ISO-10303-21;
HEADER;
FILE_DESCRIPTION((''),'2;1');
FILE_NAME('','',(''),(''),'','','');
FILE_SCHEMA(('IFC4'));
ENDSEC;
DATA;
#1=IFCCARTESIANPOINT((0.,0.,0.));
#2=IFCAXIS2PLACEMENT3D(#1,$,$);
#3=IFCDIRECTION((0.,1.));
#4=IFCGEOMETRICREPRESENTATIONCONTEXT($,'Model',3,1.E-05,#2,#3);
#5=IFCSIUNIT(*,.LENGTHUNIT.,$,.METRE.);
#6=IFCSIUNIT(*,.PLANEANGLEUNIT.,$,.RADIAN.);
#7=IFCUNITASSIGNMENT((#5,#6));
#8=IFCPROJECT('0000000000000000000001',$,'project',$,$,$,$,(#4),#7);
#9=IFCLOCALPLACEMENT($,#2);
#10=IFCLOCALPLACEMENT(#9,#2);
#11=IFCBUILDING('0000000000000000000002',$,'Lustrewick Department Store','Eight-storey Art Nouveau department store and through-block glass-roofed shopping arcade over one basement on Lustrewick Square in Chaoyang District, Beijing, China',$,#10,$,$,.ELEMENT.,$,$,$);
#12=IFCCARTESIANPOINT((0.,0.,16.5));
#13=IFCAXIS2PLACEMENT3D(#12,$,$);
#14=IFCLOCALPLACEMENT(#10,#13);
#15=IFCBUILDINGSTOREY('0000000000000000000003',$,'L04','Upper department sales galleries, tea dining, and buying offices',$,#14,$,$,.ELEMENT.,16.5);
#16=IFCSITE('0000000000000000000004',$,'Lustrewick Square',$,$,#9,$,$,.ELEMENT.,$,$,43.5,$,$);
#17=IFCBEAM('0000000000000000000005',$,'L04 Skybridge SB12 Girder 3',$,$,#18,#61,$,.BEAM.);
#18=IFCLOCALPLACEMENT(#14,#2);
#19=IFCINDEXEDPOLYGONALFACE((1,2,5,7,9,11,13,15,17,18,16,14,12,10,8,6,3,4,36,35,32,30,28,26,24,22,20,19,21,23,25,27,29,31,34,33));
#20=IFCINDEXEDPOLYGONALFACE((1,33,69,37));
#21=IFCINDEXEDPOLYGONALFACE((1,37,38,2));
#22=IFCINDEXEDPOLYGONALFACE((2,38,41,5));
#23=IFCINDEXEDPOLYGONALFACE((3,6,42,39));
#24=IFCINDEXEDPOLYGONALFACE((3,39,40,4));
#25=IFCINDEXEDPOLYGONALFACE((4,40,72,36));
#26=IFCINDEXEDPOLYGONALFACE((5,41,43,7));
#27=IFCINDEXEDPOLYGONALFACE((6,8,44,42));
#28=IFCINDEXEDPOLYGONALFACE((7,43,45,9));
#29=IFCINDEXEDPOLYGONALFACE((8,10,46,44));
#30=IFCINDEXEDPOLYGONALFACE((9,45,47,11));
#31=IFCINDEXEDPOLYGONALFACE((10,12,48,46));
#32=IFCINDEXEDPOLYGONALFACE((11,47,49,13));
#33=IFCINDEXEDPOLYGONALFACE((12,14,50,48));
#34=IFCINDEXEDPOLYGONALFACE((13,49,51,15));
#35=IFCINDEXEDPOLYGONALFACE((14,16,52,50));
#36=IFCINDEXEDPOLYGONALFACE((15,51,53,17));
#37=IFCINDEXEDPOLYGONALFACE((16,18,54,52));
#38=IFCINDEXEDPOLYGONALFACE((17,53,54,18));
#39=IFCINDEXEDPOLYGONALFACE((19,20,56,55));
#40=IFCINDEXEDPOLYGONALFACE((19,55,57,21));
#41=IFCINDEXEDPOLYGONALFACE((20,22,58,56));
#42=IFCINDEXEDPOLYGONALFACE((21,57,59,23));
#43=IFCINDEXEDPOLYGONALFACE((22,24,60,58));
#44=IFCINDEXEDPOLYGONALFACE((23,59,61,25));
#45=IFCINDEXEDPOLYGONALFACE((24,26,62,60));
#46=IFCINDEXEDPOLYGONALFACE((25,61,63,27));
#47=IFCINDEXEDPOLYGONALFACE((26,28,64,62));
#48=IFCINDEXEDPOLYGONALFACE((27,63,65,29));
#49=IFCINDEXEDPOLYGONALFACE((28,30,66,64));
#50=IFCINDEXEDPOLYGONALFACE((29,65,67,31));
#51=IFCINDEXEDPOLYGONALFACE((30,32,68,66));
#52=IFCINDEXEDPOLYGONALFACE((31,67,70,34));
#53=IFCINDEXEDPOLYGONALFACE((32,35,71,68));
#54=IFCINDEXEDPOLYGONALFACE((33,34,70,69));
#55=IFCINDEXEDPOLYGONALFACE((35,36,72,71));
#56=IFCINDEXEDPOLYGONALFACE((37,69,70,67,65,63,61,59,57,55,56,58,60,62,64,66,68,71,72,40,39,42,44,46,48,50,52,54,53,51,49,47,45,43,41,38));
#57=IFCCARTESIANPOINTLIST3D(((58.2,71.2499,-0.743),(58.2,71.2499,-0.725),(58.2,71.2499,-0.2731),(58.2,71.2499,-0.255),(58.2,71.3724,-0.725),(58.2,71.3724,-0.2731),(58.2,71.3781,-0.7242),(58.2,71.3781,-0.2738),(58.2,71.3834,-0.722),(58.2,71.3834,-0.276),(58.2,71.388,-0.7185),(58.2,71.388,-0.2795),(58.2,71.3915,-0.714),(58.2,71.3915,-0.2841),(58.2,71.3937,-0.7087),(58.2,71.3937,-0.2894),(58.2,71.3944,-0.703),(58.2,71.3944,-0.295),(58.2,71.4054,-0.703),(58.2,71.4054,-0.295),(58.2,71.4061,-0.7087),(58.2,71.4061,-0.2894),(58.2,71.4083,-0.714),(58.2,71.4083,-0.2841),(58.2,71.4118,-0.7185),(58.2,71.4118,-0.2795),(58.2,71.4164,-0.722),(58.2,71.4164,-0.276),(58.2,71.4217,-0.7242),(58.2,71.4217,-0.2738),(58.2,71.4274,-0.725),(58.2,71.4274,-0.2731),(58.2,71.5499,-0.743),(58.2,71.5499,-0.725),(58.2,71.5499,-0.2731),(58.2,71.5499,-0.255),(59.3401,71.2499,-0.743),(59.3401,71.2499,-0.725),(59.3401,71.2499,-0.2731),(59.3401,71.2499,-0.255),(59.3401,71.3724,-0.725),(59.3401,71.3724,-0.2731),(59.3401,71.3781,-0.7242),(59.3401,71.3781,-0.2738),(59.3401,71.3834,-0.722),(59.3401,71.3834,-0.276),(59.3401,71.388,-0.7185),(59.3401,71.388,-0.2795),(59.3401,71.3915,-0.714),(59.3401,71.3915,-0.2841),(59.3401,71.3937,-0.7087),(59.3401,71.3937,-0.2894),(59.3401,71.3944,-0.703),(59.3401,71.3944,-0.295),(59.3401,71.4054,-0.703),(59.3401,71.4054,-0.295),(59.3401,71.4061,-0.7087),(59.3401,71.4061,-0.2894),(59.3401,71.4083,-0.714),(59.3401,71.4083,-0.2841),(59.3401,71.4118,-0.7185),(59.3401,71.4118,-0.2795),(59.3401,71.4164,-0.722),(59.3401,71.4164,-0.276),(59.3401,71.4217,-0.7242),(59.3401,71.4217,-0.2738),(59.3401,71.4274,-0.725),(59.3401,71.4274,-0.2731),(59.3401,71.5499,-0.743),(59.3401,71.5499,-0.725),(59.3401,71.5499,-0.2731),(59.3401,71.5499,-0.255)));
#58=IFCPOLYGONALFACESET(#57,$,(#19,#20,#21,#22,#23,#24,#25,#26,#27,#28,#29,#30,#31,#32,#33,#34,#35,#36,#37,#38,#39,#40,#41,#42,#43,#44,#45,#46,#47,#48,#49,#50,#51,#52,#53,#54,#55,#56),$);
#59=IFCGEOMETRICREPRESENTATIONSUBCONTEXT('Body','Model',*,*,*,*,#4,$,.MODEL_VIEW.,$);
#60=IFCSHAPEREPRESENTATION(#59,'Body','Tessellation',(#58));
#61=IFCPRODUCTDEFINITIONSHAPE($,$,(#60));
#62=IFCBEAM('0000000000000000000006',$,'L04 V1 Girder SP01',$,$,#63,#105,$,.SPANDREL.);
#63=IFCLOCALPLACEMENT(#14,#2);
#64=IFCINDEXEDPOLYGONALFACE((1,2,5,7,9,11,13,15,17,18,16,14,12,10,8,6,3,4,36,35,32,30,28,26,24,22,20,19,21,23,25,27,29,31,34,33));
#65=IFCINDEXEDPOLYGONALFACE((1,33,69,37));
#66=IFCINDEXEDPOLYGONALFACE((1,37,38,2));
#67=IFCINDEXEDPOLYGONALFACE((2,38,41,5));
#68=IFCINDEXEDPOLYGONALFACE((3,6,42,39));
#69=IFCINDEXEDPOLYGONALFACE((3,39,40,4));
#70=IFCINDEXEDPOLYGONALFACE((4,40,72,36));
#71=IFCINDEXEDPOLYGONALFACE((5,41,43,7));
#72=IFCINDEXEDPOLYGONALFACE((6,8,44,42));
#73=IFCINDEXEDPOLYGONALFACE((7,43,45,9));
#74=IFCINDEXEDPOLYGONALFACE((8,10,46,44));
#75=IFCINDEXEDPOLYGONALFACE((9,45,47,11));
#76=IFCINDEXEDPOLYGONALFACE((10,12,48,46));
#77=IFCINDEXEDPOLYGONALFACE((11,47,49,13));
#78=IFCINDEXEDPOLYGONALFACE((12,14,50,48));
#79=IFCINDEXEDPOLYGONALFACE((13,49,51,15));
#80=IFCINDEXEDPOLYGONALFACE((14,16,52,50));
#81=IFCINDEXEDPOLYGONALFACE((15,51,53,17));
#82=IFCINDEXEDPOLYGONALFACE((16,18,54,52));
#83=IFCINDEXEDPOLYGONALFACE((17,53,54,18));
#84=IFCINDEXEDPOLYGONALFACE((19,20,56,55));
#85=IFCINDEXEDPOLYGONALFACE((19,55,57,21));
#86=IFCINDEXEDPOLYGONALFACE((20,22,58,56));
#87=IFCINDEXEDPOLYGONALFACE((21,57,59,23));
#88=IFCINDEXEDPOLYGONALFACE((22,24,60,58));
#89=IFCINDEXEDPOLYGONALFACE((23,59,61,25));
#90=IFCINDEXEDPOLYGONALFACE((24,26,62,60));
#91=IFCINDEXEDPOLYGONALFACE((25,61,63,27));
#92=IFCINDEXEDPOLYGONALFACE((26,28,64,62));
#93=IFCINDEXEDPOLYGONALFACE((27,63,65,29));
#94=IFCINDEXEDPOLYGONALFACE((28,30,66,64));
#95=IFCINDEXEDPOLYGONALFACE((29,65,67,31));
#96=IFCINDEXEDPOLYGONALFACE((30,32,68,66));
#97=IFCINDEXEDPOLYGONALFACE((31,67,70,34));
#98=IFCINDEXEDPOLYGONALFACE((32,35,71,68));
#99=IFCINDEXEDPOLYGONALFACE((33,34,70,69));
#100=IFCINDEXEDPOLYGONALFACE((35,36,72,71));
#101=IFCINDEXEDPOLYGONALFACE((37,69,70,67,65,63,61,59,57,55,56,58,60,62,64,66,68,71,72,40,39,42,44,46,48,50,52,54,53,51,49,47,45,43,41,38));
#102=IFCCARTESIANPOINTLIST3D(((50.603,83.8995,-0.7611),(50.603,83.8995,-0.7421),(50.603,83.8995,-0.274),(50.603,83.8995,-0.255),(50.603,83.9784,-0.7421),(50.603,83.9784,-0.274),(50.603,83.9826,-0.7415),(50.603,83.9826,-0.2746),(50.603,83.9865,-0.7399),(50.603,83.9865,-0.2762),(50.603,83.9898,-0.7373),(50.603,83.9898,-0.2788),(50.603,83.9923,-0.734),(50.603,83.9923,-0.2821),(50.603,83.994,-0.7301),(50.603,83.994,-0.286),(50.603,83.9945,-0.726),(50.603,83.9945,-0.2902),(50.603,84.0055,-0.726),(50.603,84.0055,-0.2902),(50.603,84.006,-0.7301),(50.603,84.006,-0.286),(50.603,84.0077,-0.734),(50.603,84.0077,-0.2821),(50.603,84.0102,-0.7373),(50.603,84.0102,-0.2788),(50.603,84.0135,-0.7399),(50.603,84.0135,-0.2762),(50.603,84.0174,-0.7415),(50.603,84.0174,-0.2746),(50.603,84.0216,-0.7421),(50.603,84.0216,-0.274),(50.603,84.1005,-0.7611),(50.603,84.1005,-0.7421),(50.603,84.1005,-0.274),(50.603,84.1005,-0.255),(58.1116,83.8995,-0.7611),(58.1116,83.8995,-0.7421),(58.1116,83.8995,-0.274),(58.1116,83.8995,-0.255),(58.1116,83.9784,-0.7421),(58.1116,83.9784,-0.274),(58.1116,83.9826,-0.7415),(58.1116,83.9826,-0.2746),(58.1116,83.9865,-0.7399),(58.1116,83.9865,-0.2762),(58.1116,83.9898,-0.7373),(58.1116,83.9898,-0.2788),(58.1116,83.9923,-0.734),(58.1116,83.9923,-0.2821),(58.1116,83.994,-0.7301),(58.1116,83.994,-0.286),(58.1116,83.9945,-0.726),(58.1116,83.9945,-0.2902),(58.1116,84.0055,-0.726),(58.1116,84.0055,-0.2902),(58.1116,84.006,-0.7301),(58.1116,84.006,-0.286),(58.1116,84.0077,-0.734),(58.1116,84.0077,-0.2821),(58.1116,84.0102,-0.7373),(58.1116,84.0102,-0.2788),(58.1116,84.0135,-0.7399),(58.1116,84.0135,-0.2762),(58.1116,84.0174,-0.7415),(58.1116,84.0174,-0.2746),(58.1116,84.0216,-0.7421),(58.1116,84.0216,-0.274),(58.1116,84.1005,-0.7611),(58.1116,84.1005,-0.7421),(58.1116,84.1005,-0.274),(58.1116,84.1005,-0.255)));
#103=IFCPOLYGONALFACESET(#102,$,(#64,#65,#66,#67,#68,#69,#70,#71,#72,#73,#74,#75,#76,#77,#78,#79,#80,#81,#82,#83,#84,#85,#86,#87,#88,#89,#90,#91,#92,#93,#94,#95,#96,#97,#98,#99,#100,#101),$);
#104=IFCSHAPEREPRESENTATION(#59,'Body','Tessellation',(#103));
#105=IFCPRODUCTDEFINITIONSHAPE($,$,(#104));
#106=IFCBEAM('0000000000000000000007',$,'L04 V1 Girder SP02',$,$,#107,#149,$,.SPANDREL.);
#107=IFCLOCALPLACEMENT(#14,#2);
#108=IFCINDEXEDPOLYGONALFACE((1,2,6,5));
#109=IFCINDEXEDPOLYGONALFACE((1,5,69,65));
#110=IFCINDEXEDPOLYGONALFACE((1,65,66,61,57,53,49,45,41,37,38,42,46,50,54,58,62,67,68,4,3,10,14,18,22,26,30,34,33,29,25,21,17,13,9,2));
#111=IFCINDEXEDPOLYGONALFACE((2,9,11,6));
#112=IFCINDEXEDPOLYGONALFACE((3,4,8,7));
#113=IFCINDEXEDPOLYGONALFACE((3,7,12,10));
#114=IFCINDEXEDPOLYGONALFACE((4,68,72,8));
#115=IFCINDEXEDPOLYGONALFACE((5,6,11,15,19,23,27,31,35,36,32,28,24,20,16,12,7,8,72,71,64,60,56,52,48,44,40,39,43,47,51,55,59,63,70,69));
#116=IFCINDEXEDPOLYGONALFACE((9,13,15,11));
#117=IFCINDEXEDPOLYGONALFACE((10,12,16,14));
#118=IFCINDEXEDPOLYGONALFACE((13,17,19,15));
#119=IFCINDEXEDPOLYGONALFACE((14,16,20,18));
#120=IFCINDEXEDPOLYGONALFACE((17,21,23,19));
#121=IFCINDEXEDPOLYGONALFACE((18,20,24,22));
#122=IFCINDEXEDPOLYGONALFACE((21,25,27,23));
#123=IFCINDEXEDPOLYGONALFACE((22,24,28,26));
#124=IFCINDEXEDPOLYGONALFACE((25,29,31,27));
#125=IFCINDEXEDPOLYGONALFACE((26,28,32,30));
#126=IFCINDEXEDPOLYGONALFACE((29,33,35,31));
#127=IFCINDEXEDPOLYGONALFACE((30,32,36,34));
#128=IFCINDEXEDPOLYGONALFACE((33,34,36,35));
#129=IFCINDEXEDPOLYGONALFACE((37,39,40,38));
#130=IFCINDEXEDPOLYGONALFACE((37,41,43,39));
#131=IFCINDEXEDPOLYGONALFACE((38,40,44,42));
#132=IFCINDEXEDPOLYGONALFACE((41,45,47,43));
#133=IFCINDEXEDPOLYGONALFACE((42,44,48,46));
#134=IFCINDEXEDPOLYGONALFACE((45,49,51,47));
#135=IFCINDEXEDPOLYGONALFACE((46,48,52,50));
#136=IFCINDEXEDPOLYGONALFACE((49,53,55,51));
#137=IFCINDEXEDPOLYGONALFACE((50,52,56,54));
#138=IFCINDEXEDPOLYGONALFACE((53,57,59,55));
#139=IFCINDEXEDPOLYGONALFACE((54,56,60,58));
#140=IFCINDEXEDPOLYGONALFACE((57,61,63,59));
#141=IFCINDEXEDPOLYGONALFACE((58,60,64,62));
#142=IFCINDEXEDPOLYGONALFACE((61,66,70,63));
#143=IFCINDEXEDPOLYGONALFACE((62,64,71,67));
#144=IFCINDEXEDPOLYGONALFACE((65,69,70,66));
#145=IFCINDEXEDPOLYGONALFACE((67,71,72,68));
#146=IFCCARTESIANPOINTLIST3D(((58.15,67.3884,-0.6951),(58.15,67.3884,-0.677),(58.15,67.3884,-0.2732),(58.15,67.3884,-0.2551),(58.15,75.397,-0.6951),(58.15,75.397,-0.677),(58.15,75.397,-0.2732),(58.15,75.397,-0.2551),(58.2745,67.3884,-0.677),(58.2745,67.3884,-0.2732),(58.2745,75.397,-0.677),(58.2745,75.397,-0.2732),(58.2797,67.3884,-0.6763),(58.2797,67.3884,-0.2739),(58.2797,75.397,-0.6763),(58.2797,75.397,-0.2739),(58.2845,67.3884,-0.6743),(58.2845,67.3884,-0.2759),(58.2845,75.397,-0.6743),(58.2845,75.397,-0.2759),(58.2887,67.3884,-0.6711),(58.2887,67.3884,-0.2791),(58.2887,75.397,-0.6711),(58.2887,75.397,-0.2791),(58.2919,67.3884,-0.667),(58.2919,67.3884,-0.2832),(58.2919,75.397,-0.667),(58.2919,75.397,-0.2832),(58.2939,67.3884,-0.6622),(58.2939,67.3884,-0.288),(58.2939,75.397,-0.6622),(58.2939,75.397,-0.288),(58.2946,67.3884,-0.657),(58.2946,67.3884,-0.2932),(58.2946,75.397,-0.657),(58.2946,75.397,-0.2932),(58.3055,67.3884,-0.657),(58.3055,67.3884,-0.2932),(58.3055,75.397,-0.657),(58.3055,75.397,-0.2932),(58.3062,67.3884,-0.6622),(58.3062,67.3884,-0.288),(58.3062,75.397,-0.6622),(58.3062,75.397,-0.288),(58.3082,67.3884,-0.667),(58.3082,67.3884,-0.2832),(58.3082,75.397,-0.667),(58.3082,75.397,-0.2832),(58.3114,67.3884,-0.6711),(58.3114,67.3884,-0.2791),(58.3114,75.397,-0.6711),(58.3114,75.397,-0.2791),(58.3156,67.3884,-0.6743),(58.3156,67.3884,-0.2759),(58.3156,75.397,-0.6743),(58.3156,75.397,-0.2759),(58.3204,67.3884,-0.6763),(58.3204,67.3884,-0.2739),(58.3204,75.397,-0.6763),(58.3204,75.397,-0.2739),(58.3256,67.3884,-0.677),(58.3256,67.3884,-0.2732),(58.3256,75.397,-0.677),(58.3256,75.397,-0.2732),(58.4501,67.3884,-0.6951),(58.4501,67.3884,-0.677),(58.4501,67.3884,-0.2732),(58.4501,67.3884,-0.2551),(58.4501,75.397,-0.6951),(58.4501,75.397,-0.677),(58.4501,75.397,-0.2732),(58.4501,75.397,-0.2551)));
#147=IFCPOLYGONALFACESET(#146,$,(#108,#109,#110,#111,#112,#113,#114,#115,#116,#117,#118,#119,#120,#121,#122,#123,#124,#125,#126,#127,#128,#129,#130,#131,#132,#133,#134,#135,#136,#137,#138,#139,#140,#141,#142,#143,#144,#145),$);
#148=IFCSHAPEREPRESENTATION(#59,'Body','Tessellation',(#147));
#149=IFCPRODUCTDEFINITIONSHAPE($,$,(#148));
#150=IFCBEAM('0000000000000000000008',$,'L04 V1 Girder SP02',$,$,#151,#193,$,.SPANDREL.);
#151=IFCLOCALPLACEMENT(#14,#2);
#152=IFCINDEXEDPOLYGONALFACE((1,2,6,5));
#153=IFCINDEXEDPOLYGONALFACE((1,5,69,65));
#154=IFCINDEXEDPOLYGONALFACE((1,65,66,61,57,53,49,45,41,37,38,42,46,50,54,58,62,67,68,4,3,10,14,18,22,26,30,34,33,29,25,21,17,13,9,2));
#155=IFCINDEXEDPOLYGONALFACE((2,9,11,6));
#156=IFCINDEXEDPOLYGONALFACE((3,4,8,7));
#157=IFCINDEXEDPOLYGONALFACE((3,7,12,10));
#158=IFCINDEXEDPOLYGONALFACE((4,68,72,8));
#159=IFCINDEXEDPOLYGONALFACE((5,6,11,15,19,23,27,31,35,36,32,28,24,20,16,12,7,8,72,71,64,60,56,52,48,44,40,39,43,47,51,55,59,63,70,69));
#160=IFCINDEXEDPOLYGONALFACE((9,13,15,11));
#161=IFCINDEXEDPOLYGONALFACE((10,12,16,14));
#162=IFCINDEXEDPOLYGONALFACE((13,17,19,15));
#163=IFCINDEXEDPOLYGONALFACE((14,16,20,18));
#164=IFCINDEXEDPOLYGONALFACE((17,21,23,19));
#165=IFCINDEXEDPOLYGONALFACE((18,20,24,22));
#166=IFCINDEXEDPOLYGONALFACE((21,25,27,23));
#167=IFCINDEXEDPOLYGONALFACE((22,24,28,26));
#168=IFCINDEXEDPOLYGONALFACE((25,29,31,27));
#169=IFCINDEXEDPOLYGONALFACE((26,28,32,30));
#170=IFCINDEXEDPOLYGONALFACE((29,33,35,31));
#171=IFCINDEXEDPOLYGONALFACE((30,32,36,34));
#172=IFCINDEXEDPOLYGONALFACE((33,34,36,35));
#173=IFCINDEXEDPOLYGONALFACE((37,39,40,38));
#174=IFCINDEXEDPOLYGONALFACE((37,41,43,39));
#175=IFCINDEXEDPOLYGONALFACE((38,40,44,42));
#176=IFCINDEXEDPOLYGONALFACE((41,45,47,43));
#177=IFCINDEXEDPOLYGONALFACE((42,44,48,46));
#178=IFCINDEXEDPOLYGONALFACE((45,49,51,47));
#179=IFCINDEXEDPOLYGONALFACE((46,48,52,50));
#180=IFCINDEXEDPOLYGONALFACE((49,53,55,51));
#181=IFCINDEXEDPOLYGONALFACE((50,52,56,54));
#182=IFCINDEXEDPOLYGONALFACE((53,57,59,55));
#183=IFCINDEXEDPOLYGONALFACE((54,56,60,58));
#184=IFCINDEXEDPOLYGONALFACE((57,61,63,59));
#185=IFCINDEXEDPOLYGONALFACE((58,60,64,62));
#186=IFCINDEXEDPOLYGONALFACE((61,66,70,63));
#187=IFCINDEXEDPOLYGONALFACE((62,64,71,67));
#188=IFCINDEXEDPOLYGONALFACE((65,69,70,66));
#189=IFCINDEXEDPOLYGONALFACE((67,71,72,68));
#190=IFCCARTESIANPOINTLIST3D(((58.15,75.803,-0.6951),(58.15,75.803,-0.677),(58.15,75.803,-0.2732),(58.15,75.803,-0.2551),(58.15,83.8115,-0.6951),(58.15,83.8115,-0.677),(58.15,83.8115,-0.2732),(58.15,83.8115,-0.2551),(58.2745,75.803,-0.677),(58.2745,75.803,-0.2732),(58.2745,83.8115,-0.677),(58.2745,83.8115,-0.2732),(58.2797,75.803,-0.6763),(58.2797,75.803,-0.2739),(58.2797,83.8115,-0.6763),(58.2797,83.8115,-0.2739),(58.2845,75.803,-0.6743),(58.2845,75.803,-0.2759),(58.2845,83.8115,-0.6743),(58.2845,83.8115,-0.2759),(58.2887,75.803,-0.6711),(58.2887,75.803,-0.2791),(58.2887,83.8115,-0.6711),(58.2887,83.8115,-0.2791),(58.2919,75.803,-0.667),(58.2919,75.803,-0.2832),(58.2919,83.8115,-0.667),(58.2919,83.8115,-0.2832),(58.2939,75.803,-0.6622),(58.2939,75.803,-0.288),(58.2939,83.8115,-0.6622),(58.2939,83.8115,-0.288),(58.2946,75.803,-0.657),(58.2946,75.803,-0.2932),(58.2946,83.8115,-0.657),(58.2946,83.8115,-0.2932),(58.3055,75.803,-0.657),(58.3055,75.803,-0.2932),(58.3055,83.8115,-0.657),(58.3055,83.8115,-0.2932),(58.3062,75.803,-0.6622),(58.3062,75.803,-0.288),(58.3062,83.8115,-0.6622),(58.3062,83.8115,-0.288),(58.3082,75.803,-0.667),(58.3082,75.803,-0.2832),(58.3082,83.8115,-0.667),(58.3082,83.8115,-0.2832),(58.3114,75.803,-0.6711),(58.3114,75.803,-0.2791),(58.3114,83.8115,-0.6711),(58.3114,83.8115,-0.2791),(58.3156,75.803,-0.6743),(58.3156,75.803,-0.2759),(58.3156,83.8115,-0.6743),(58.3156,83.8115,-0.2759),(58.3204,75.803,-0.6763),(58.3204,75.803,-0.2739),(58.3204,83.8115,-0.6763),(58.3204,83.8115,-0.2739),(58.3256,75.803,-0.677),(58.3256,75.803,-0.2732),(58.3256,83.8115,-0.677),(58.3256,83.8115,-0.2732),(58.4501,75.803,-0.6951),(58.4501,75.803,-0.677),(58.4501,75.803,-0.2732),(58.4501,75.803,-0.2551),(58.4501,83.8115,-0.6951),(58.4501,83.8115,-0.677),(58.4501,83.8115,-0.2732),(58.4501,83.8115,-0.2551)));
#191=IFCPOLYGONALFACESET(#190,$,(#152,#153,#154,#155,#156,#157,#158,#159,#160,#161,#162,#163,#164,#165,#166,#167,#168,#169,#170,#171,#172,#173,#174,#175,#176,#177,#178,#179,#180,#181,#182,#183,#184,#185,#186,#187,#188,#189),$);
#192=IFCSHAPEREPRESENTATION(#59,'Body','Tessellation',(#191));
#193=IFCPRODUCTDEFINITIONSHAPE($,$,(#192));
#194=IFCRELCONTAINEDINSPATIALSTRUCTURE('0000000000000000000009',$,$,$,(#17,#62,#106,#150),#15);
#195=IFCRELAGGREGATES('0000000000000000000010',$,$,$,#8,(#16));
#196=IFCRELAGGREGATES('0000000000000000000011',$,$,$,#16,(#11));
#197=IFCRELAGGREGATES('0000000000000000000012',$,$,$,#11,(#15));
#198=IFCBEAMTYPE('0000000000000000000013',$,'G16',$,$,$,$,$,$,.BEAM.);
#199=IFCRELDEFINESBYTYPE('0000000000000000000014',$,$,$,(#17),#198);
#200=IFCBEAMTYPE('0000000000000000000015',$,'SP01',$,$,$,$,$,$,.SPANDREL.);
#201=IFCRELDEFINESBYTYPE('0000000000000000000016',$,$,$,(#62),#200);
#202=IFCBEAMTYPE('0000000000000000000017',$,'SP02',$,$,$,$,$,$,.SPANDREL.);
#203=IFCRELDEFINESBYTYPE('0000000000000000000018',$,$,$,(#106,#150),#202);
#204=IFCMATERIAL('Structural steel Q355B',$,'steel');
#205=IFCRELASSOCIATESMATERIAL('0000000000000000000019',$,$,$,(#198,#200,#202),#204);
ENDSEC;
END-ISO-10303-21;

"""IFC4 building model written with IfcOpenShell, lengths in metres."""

from ifc_helpers import new_model, si_unit, direction, frame, origin, origin_2d, place, context, subcontext, project, spatial, i_section, extrude, material, material_profile, profile_set, type_object, element, save


model = new_model("IFC4")

# Units and contexts
model_context = context("Model", 3, precision=1e-05, world=origin(), true_north=direction((0.0, 1.0)))
body_context = subcontext(model_context, "Body", "Model", "MODEL_VIEW")
ifc_project = project(units=[si_unit("LENGTHUNIT", "METRE"), si_unit("PLANEANGLEUNIT", "RADIAN")], contexts=[model_context])

# Site, building, storey
site_placement = place(None, origin())
site = spatial("IfcSite", under=ifc_project, at=site_placement, Name="Lustrewick Square", CompositionType="ELEMENT", RefElevation=43.5)
building_placement = place(site_placement, origin())
building = spatial("IfcBuilding", under=site, at=building_placement, Name="Lustrewick Department Store", Description="Eight-storey Art Nouveau department store and through-block glass-roofed shopping arcade over one basement on Lustrewick Square in Chaoyang District, Beijing, China", CompositionType="ELEMENT")
storey_placement = place(building_placement, frame((0.0, 0.0, 16.5)))
storey = spatial("IfcBuildingStorey", under=building, at=storey_placement, Name="L04", Description="Upper department sales galleries, tea dining, and buying offices", CompositionType="ELEMENT", Elevation=16.5)

# Shared definitions
ifc_material_1 = material(Name="Structural steel Q355B", Category="steel")

# Beams
ifc_material_profile_1 = material_profile(ifc_material_1, i_section(OverallWidth=0.3, OverallDepth=0.488, WebThickness=0.011, FlangeThickness=0.0181, FilletRadius=0.022, at=origin_2d()), Name="HM 488x300x11x18")
ifc_profile_set_1 = profile_set([ifc_material_profile_1], Name="Structural steel Q355B")
beam_type_1 = type_object("IfcBeamType", Name="G16", PredefinedType="BEAM", material=ifc_profile_set_1)
for number, where, z_axis, x_axis, name in (
    (1, (58.2, 71.3999, -0.499), (1.0, 0.0, 0.0), (0.0, 1.0, 0.0), "L04 Skybridge SB12 Girder 3"),
):
    element("IfcBeam", number, at=place(storey_placement, frame(where, z_axis=z_axis, x_axis=x_axis)), inside=storey, type_object=beam_type_1, Name=name, PredefinedType="BEAM", context=body_context, shape_type="SweptSolid", body=[
        extrude(i_section(OverallWidth=0.3, OverallDepth=0.488, WebThickness=0.011, FlangeThickness=0.0181, FilletRadius=0.022, at=origin_2d()), origin(), (0.0, 0.0, 1.0), 1.1401),
    ])
ifc_material_profile_2 = material_profile(ifc_material_1, i_section(OverallWidth=0.2009, OverallDepth=0.5061, WebThickness=0.011, FlangeThickness=0.019, FilletRadius=0.0161, at=origin_2d()), Name="HN 506x201x11x19")
ifc_profile_set_2 = profile_set([ifc_material_profile_2], Name="Structural steel Q355B")
beam_type_2 = type_object("IfcBeamType", Name="SP01", PredefinedType="SPANDREL", material=ifc_profile_set_2)
beam_1_placement = place(storey_placement, frame((50.603, 84.0, -0.5081), z_axis=(1.0, 0.0, 0.0), x_axis=(0.0, 1.0, 0.0)))
element("IfcBeam", 2, at=beam_1_placement, inside=storey, type_object=beam_type_2, Name="L04 V1 Girder SP01", PredefinedType="SPANDREL", context=body_context, shape_type="SweptSolid", body=[
    extrude(i_section(OverallWidth=0.2009, OverallDepth=0.5061, WebThickness=0.011, FlangeThickness=0.019, FilletRadius=0.0161, at=origin_2d()), origin(), (0.0, 0.0, 1.0), 7.5085),
])
ifc_material_profile_3 = material_profile(ifc_material_1, i_section(OverallWidth=0.3, OverallDepth=0.4399, WebThickness=0.011, FlangeThickness=0.0181, FilletRadius=0.02, at=origin_2d()), Name="HM 440x300x11x18")
ifc_profile_set_3 = profile_set([ifc_material_profile_3], Name="Structural steel Q355B")
beam_type_3 = type_object("IfcBeamType", Name="SP02", PredefinedType="SPANDREL", material=ifc_profile_set_3)
for number, where, z_axis, x_axis, name in (
    (3, (58.3, 67.3884, -0.4751), (0.0, 1.0, 0.0), (-1.0, 0.0, 0.0), "L04 V1 Girder SP02"),
    (4, (58.3, 75.803, -0.4751), (0.0, 1.0, 0.0), (-1.0, 0.0, 0.0), "L04 V1 Girder SP02"),
):
    element("IfcBeam", number, at=place(storey_placement, frame(where, z_axis=z_axis, x_axis=x_axis)), inside=storey, type_object=beam_type_3, Name=name, PredefinedType="SPANDREL", context=body_context, shape_type="SweptSolid", body=[
        extrude(i_section(OverallWidth=0.3, OverallDepth=0.4399, WebThickness=0.011, FlangeThickness=0.0181, FilletRadius=0.02, at=origin_2d()), origin(), (0.0, 0.0, 1.0), 8.0085),
    ])

save(model, "model.ifc")
